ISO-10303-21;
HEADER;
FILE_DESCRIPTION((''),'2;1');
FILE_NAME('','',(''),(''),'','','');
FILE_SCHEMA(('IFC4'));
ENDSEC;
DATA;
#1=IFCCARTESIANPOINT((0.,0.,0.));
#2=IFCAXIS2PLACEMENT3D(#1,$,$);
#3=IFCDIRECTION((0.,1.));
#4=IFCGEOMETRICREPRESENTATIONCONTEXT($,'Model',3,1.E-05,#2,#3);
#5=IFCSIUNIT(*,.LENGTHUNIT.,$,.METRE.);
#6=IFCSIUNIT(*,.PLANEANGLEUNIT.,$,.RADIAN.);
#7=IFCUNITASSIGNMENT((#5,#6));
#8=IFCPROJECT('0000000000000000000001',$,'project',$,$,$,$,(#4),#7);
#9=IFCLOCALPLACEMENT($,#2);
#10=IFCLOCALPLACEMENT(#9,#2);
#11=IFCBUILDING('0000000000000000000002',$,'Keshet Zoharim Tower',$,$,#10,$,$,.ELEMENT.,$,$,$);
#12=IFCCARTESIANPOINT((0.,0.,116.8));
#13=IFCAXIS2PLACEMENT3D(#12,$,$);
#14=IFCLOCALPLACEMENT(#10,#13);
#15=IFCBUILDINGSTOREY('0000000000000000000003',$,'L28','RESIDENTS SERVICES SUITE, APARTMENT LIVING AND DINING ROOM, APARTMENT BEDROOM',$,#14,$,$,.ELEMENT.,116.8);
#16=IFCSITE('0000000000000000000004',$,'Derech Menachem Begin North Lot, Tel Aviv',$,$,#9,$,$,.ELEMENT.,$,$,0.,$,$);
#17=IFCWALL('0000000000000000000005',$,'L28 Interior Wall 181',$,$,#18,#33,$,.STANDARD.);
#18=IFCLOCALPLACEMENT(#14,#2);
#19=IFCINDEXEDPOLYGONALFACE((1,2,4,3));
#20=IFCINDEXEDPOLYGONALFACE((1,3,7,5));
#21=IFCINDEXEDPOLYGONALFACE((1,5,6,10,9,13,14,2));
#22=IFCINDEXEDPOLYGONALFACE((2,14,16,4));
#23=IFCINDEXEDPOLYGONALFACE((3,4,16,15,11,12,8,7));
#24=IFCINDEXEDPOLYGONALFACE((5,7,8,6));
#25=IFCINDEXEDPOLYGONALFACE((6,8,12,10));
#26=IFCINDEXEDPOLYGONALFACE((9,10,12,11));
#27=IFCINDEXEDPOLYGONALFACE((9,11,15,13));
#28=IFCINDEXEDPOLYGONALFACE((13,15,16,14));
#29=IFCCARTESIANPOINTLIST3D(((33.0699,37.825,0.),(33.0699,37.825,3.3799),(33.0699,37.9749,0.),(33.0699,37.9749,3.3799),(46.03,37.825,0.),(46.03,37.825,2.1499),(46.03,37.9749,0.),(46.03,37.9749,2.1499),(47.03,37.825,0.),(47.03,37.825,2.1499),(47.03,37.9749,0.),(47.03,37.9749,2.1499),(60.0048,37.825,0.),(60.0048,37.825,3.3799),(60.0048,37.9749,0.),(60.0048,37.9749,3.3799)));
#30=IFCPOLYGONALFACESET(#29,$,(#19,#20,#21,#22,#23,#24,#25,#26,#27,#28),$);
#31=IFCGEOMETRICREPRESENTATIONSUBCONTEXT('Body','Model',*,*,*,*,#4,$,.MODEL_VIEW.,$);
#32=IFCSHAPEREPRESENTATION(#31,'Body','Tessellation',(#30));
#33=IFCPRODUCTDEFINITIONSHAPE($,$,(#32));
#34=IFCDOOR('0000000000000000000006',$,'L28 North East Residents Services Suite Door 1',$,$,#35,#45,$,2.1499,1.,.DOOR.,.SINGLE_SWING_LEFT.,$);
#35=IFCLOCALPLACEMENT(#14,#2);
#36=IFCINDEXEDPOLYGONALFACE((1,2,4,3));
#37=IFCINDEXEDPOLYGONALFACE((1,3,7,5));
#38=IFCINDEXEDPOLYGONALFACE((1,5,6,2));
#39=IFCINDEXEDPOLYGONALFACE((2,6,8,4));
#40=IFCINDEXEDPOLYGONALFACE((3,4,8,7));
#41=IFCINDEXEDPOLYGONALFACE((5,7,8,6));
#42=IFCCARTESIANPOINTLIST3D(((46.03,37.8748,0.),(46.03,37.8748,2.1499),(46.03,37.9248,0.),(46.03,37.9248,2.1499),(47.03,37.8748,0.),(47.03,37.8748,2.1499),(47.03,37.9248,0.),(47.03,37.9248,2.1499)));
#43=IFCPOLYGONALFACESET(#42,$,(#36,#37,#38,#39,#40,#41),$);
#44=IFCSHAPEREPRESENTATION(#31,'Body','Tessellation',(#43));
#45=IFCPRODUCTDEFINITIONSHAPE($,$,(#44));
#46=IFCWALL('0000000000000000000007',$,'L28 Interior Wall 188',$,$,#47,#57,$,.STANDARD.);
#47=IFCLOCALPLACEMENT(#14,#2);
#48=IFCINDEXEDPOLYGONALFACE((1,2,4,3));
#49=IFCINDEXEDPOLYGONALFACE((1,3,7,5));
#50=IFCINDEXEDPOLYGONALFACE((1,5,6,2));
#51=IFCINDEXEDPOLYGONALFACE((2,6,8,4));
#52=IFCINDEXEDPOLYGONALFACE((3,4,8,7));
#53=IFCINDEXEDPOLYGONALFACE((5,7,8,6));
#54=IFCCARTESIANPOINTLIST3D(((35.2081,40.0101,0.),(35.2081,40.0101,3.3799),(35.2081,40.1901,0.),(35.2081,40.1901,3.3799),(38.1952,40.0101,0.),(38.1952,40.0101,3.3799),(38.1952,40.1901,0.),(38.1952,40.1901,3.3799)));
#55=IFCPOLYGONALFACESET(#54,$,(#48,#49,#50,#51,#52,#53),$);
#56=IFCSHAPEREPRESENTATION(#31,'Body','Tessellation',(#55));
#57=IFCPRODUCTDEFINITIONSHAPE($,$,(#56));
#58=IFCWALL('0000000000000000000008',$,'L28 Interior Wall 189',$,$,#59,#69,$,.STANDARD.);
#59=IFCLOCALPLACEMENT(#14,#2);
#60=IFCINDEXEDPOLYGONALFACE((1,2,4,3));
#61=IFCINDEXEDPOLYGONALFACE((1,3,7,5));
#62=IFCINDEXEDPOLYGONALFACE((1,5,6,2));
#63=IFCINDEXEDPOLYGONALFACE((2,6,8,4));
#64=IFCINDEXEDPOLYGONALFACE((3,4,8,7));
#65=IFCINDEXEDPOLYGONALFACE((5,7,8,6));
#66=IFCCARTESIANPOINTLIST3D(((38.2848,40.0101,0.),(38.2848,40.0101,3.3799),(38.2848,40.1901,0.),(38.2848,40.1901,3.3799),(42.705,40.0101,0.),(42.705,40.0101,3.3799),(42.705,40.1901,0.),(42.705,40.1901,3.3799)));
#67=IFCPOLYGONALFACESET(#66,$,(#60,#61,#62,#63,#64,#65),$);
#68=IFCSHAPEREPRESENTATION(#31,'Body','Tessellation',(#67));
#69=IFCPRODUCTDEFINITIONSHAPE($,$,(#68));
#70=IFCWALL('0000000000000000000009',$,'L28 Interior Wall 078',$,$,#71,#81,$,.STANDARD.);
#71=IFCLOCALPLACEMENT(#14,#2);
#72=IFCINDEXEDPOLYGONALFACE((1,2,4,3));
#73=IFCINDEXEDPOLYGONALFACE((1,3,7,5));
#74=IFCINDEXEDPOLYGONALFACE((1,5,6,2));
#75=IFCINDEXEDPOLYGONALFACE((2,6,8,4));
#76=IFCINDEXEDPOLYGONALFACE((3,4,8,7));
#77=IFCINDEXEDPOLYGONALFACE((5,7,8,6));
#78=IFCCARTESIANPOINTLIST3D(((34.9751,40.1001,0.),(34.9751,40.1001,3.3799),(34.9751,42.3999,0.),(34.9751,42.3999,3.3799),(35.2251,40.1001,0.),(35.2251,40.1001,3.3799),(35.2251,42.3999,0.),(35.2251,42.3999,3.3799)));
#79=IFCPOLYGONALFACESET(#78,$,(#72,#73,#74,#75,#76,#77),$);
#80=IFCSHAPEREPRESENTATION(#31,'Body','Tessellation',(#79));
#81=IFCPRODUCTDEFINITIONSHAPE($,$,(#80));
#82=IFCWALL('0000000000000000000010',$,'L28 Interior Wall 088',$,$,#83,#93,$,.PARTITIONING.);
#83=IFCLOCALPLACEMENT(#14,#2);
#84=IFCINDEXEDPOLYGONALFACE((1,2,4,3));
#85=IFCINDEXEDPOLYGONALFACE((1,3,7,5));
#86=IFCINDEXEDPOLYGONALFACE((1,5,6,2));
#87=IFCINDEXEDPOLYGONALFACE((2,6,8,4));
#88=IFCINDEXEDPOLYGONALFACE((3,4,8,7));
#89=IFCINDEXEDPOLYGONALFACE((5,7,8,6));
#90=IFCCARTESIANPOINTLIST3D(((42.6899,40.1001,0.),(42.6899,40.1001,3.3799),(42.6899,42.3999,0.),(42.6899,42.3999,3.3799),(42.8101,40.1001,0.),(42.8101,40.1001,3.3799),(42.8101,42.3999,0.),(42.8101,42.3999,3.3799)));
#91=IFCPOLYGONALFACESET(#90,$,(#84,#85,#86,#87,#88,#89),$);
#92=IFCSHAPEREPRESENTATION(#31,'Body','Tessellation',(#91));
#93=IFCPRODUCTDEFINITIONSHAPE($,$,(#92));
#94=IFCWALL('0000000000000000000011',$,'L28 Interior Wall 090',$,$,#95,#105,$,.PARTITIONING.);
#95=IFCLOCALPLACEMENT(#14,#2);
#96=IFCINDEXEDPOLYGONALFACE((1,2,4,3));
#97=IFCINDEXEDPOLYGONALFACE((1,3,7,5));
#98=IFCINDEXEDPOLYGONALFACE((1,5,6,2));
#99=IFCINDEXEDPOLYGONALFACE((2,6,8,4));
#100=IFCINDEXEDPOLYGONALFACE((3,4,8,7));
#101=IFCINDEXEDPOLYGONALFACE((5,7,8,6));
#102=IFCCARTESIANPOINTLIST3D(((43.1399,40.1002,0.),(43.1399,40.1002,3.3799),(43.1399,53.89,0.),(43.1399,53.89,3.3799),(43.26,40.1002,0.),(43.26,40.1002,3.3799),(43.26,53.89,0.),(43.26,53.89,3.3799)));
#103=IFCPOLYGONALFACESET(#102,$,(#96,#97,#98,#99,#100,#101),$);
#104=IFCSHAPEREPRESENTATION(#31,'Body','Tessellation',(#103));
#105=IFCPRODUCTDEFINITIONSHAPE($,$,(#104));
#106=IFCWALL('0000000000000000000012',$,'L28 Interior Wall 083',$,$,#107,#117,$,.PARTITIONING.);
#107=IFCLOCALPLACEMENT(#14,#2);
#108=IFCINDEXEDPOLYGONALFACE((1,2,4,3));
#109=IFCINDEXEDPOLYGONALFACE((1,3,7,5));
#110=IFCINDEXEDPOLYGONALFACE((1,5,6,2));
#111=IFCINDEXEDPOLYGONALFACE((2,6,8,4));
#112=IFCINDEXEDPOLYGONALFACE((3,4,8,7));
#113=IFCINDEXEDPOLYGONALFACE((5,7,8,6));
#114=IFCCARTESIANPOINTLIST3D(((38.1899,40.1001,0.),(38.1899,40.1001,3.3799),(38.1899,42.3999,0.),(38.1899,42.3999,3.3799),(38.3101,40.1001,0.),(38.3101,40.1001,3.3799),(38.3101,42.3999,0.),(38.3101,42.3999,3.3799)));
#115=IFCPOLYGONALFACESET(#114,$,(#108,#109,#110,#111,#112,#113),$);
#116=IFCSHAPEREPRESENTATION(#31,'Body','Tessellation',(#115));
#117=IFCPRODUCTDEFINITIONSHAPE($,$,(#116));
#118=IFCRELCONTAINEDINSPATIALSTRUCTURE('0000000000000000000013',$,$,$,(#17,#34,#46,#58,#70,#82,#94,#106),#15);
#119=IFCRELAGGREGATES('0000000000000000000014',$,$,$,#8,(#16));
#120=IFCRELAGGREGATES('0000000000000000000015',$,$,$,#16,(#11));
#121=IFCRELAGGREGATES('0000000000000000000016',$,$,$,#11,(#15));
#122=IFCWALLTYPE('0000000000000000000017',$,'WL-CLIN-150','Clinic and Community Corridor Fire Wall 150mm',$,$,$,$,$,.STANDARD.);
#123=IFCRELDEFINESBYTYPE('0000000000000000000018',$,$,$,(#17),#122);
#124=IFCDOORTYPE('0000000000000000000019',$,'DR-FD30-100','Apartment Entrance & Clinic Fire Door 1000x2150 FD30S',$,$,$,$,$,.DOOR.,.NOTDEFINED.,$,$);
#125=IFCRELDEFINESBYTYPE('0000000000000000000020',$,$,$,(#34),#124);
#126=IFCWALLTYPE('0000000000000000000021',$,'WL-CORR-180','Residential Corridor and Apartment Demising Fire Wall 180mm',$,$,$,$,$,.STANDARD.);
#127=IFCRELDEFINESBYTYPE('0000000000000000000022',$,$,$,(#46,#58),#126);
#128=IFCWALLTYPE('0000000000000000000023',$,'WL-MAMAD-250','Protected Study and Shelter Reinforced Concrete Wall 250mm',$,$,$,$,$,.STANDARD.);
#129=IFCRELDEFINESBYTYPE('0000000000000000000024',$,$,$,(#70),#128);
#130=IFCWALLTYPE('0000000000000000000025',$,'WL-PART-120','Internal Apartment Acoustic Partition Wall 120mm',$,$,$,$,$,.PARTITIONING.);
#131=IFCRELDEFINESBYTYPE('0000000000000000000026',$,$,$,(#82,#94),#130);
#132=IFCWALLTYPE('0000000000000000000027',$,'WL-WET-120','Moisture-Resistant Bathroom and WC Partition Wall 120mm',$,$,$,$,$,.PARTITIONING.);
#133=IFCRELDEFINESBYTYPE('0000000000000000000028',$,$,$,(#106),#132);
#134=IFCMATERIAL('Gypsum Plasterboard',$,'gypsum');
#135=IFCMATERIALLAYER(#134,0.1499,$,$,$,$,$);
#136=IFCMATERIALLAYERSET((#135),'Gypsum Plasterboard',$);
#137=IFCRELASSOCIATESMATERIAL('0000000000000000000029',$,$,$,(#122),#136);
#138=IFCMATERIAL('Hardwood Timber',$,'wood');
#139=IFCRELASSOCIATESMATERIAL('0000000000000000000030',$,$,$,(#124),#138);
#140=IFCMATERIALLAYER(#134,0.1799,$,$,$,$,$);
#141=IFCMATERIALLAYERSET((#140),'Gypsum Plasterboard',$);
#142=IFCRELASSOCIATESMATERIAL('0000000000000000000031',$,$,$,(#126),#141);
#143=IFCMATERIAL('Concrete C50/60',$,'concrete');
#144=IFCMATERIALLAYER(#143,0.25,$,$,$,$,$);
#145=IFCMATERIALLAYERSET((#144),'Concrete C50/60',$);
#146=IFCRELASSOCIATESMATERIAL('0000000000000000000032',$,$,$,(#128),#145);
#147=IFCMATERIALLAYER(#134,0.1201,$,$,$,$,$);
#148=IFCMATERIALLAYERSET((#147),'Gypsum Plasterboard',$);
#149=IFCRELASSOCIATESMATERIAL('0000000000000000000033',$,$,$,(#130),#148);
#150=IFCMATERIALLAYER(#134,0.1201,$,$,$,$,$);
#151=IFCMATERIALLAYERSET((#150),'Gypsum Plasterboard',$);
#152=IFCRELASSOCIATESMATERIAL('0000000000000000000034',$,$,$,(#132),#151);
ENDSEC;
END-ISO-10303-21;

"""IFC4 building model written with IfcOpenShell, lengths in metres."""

from ifc_helpers import new_model, si_unit, direction, frame, frame_2d, origin, place, context, subcontext, project, spatial, rectangle, extrude, material, layer, layer_set, type_object, element, fill, save


model = new_model("IFC4")

# Units and contexts
model_context = context("Model", 3, precision=1e-05, world=origin(), true_north=direction((0.0, 1.0)))
body_context = subcontext(model_context, "Body", "Model", "MODEL_VIEW")
ifc_project = project(units=[si_unit("LENGTHUNIT", "METRE"), si_unit("PLANEANGLEUNIT", "RADIAN")], contexts=[model_context])

# Site, building, storey
site_placement = place(None, origin())
site = spatial("IfcSite", under=ifc_project, at=site_placement, Name="Derech Menachem Begin North Lot, Tel Aviv", CompositionType="ELEMENT", RefElevation=0.0)
building_placement = place(site_placement, origin())
building = spatial("IfcBuilding", under=site, at=building_placement, Name="Keshet Zoharim Tower", CompositionType="ELEMENT")
storey_placement = place(building_placement, frame((0.0, 0.0, 116.8)))
storey = spatial("IfcBuildingStorey", under=building, at=storey_placement, Name="L28", Description="RESIDENTS SERVICES SUITE, APARTMENT LIVING AND DINING ROOM, APARTMENT BEDROOM", CompositionType="ELEMENT", Elevation=116.8)

# Shared definitions
ifc_material_1 = material(Name="Gypsum Plasterboard", Category="gypsum")
ifc_layer_1 = layer(ifc_material_1, 0.1499)
ifc_layer_set_1 = layer_set([ifc_layer_1], Name="Gypsum Plasterboard")
wall_type_1 = type_object("IfcWallType", Name="WL-CLIN-150", Description="Clinic and Community Corridor Fire Wall 150mm", PredefinedType="STANDARD", material=ifc_layer_set_1)

# Wall, opening, door
ifc_material_2 = material(Name="Hardwood Timber", Category="wood")
door_type = type_object("IfcDoorType", Name="DR-FD30-100", Description="Apartment Entrance & Clinic Fire Door 1000x2150 FD30S", OperationType="NOTDEFINED", PredefinedType="DOOR", material=ifc_material_2)
wall_1_placement = place(storey_placement, frame((33.0701, 37.8999, 0.0), z_axis=(0.0, 0.0, 1.0), x_axis=(1.0, 0.0, 0.0)))
wall_1 = element("IfcWall", 1, at=wall_1_placement, inside=storey, type_object=wall_type_1, Name="L28 Interior Wall 181", PredefinedType="STANDARD", context=body_context, shape_type="SweptSolid", body=[
    extrude(rectangle(XDim=26.9348, YDim=0.1499, at=frame_2d((13.4673, 0.0))), origin(), (0.0, 0.0, 1.0), 3.3799),
])
opening_1_placement = place(wall_1_placement, frame((12.96, 0.0, 0.0)))
opening_1 = element("IfcOpeningElement", 2, at=opening_1_placement, cuts=wall_1, PredefinedType="OPENING", context=body_context, shape_type="SweptSolid", body=[
    extrude(rectangle(XDim=1.0, YDim=2.1499, at=frame_2d((0.5, 1.075))), frame((0.0, 0.085, 0.0), z_axis=(0.0, -1.0, 0.0), x_axis=(1.0, 0.0, 0.0)), (0.0, 0.0, 1.0), 0.1699),
])
door_1_placement = place(opening_1_placement, origin())
door_1 = element("IfcDoor", 3, at=door_1_placement, inside=storey, type_object=door_type, Name="L28 North East Residents Services Suite Door 1", OperationType="SINGLE_SWING_LEFT", OverallHeight=2.1499, OverallWidth=1.0, PredefinedType="DOOR", context=body_context, shape_type="SweptSolid", body=[
    extrude(rectangle(XDim=1.0, YDim=2.1499, at=frame_2d((0.5, 1.075))), frame((0.0, 0.0249, 0.0), z_axis=(0.0, -1.0, 0.0), x_axis=(1.0, 0.0, 0.0)), (0.0, 0.0, 1.0), 0.05),
])
fill(opening_1, door_1)

# Walls
ifc_layer_2 = layer(ifc_material_1, 0.1799)
ifc_layer_set_2 = layer_set([ifc_layer_2], Name="Gypsum Plasterboard")
wall_type_2 = type_object("IfcWallType", Name="WL-CORR-180", Description="Residential Corridor and Apartment Demising Fire Wall 180mm", PredefinedType="STANDARD", material=ifc_layer_set_2)
wall_2_placement = place(storey_placement, frame((35.208, 40.1001, 0.0), z_axis=(0.0, 0.0, 1.0), x_axis=(1.0, 0.0, 0.0)))
element("IfcWall", 4, at=wall_2_placement, inside=storey, type_object=wall_type_2, Name="L28 Interior Wall 188", PredefinedType="STANDARD", context=body_context, shape_type="SweptSolid", body=[
    extrude(rectangle(XDim=2.9871, YDim=0.1799, at=frame_2d((1.4937, 0.0))), origin(), (0.0, 0.0, 1.0), 3.3799),
])
wall_3_placement = place(storey_placement, frame((38.2849, 40.1001, 0.0), z_axis=(0.0, 0.0, 1.0), x_axis=(1.0, 0.0, 0.0)))
element("IfcWall", 5, at=wall_3_placement, inside=storey, type_object=wall_type_2, Name="L28 Interior Wall 189", PredefinedType="STANDARD", context=body_context, shape_type="SweptSolid", body=[
    extrude(rectangle(XDim=4.4202, YDim=0.1799, at=frame_2d((2.21, 0.0))), origin(), (0.0, 0.0, 1.0), 3.3799),
])

# Walls
ifc_material_3 = material(Name="Concrete C50/60", Category="concrete")
ifc_layer_3 = layer(ifc_material_3, 0.25)
ifc_layer_set_3 = layer_set([ifc_layer_3], Name="Concrete C50/60")
wall_type_3 = type_object("IfcWallType", Name="WL-MAMAD-250", Description="Protected Study and Shelter Reinforced Concrete Wall 250mm", PredefinedType="STANDARD", material=ifc_layer_set_3)
wall_4_placement = place(storey_placement, frame((35.1001, 40.1001, 0.0), z_axis=(0.0, 0.0, 1.0), x_axis=(0.0, 1.0, 0.0)))
element("IfcWall", 6, at=wall_4_placement, inside=storey, type_object=wall_type_3, Name="L28 Interior Wall 078", PredefinedType="STANDARD", context=body_context, shape_type="SweptSolid", body=[
    extrude(rectangle(XDim=2.2998, YDim=0.25, at=frame_2d((1.1499, 0.0))), origin(), (0.0, 0.0, 1.0), 3.3799),
])
ifc_layer_4 = layer(ifc_material_1, 0.1201)
ifc_layer_set_4 = layer_set([ifc_layer_4], Name="Gypsum Plasterboard")
wall_type_4 = type_object("IfcWallType", Name="WL-PART-120", Description="Internal Apartment Acoustic Partition Wall 120mm", PredefinedType="PARTITIONING", material=ifc_layer_set_4)
wall_5_placement = place(storey_placement, frame((42.75, 40.1001, 0.0), z_axis=(0.0, 0.0, 1.0), x_axis=(0.0, 1.0, 0.0)))
element("IfcWall", 7, at=wall_5_placement, inside=storey, type_object=wall_type_4, Name="L28 Interior Wall 088", PredefinedType="PARTITIONING", context=body_context, shape_type="SweptSolid", body=[
    extrude(rectangle(XDim=2.2998, YDim=0.1201, at=frame_2d((1.1499, 0.0))), origin(), (0.0, 0.0, 1.0), 3.3799),
])
wall_6_placement = place(storey_placement, frame((43.2, 40.1001, 0.0), z_axis=(0.0, 0.0, 1.0), x_axis=(0.0, 1.0, 0.0)))
element("IfcWall", 8, at=wall_6_placement, inside=storey, type_object=wall_type_4, Name="L28 Interior Wall 090", PredefinedType="PARTITIONING", context=body_context, shape_type="SweptSolid", body=[
    extrude(rectangle(XDim=13.7898, YDim=0.1201, at=frame_2d((6.895, 0.0))), origin(), (0.0, 0.0, 1.0), 3.3799),
])
ifc_layer_5 = layer(ifc_material_1, 0.1201)
ifc_layer_set_5 = layer_set([ifc_layer_5], Name="Gypsum Plasterboard")
wall_type_5 = type_object("IfcWallType", Name="WL-WET-120", Description="Moisture-Resistant Bathroom and WC Partition Wall 120mm", PredefinedType="PARTITIONING", material=ifc_layer_set_5)
wall_7_placement = place(storey_placement, frame((38.25, 40.1001, 0.0), z_axis=(0.0, 0.0, 1.0), x_axis=(0.0, 1.0, 0.0)))
element("IfcWall", 9, at=wall_7_placement, inside=storey, type_object=wall_type_5, Name="L28 Interior Wall 083", PredefinedType="PARTITIONING", context=body_context, shape_type="SweptSolid", body=[
    extrude(rectangle(XDim=2.2998, YDim=0.1201, at=frame_2d((1.1499, 0.0))), origin(), (0.0, 0.0, 1.0), 3.3799),
])

save(model, "model.ifc")
